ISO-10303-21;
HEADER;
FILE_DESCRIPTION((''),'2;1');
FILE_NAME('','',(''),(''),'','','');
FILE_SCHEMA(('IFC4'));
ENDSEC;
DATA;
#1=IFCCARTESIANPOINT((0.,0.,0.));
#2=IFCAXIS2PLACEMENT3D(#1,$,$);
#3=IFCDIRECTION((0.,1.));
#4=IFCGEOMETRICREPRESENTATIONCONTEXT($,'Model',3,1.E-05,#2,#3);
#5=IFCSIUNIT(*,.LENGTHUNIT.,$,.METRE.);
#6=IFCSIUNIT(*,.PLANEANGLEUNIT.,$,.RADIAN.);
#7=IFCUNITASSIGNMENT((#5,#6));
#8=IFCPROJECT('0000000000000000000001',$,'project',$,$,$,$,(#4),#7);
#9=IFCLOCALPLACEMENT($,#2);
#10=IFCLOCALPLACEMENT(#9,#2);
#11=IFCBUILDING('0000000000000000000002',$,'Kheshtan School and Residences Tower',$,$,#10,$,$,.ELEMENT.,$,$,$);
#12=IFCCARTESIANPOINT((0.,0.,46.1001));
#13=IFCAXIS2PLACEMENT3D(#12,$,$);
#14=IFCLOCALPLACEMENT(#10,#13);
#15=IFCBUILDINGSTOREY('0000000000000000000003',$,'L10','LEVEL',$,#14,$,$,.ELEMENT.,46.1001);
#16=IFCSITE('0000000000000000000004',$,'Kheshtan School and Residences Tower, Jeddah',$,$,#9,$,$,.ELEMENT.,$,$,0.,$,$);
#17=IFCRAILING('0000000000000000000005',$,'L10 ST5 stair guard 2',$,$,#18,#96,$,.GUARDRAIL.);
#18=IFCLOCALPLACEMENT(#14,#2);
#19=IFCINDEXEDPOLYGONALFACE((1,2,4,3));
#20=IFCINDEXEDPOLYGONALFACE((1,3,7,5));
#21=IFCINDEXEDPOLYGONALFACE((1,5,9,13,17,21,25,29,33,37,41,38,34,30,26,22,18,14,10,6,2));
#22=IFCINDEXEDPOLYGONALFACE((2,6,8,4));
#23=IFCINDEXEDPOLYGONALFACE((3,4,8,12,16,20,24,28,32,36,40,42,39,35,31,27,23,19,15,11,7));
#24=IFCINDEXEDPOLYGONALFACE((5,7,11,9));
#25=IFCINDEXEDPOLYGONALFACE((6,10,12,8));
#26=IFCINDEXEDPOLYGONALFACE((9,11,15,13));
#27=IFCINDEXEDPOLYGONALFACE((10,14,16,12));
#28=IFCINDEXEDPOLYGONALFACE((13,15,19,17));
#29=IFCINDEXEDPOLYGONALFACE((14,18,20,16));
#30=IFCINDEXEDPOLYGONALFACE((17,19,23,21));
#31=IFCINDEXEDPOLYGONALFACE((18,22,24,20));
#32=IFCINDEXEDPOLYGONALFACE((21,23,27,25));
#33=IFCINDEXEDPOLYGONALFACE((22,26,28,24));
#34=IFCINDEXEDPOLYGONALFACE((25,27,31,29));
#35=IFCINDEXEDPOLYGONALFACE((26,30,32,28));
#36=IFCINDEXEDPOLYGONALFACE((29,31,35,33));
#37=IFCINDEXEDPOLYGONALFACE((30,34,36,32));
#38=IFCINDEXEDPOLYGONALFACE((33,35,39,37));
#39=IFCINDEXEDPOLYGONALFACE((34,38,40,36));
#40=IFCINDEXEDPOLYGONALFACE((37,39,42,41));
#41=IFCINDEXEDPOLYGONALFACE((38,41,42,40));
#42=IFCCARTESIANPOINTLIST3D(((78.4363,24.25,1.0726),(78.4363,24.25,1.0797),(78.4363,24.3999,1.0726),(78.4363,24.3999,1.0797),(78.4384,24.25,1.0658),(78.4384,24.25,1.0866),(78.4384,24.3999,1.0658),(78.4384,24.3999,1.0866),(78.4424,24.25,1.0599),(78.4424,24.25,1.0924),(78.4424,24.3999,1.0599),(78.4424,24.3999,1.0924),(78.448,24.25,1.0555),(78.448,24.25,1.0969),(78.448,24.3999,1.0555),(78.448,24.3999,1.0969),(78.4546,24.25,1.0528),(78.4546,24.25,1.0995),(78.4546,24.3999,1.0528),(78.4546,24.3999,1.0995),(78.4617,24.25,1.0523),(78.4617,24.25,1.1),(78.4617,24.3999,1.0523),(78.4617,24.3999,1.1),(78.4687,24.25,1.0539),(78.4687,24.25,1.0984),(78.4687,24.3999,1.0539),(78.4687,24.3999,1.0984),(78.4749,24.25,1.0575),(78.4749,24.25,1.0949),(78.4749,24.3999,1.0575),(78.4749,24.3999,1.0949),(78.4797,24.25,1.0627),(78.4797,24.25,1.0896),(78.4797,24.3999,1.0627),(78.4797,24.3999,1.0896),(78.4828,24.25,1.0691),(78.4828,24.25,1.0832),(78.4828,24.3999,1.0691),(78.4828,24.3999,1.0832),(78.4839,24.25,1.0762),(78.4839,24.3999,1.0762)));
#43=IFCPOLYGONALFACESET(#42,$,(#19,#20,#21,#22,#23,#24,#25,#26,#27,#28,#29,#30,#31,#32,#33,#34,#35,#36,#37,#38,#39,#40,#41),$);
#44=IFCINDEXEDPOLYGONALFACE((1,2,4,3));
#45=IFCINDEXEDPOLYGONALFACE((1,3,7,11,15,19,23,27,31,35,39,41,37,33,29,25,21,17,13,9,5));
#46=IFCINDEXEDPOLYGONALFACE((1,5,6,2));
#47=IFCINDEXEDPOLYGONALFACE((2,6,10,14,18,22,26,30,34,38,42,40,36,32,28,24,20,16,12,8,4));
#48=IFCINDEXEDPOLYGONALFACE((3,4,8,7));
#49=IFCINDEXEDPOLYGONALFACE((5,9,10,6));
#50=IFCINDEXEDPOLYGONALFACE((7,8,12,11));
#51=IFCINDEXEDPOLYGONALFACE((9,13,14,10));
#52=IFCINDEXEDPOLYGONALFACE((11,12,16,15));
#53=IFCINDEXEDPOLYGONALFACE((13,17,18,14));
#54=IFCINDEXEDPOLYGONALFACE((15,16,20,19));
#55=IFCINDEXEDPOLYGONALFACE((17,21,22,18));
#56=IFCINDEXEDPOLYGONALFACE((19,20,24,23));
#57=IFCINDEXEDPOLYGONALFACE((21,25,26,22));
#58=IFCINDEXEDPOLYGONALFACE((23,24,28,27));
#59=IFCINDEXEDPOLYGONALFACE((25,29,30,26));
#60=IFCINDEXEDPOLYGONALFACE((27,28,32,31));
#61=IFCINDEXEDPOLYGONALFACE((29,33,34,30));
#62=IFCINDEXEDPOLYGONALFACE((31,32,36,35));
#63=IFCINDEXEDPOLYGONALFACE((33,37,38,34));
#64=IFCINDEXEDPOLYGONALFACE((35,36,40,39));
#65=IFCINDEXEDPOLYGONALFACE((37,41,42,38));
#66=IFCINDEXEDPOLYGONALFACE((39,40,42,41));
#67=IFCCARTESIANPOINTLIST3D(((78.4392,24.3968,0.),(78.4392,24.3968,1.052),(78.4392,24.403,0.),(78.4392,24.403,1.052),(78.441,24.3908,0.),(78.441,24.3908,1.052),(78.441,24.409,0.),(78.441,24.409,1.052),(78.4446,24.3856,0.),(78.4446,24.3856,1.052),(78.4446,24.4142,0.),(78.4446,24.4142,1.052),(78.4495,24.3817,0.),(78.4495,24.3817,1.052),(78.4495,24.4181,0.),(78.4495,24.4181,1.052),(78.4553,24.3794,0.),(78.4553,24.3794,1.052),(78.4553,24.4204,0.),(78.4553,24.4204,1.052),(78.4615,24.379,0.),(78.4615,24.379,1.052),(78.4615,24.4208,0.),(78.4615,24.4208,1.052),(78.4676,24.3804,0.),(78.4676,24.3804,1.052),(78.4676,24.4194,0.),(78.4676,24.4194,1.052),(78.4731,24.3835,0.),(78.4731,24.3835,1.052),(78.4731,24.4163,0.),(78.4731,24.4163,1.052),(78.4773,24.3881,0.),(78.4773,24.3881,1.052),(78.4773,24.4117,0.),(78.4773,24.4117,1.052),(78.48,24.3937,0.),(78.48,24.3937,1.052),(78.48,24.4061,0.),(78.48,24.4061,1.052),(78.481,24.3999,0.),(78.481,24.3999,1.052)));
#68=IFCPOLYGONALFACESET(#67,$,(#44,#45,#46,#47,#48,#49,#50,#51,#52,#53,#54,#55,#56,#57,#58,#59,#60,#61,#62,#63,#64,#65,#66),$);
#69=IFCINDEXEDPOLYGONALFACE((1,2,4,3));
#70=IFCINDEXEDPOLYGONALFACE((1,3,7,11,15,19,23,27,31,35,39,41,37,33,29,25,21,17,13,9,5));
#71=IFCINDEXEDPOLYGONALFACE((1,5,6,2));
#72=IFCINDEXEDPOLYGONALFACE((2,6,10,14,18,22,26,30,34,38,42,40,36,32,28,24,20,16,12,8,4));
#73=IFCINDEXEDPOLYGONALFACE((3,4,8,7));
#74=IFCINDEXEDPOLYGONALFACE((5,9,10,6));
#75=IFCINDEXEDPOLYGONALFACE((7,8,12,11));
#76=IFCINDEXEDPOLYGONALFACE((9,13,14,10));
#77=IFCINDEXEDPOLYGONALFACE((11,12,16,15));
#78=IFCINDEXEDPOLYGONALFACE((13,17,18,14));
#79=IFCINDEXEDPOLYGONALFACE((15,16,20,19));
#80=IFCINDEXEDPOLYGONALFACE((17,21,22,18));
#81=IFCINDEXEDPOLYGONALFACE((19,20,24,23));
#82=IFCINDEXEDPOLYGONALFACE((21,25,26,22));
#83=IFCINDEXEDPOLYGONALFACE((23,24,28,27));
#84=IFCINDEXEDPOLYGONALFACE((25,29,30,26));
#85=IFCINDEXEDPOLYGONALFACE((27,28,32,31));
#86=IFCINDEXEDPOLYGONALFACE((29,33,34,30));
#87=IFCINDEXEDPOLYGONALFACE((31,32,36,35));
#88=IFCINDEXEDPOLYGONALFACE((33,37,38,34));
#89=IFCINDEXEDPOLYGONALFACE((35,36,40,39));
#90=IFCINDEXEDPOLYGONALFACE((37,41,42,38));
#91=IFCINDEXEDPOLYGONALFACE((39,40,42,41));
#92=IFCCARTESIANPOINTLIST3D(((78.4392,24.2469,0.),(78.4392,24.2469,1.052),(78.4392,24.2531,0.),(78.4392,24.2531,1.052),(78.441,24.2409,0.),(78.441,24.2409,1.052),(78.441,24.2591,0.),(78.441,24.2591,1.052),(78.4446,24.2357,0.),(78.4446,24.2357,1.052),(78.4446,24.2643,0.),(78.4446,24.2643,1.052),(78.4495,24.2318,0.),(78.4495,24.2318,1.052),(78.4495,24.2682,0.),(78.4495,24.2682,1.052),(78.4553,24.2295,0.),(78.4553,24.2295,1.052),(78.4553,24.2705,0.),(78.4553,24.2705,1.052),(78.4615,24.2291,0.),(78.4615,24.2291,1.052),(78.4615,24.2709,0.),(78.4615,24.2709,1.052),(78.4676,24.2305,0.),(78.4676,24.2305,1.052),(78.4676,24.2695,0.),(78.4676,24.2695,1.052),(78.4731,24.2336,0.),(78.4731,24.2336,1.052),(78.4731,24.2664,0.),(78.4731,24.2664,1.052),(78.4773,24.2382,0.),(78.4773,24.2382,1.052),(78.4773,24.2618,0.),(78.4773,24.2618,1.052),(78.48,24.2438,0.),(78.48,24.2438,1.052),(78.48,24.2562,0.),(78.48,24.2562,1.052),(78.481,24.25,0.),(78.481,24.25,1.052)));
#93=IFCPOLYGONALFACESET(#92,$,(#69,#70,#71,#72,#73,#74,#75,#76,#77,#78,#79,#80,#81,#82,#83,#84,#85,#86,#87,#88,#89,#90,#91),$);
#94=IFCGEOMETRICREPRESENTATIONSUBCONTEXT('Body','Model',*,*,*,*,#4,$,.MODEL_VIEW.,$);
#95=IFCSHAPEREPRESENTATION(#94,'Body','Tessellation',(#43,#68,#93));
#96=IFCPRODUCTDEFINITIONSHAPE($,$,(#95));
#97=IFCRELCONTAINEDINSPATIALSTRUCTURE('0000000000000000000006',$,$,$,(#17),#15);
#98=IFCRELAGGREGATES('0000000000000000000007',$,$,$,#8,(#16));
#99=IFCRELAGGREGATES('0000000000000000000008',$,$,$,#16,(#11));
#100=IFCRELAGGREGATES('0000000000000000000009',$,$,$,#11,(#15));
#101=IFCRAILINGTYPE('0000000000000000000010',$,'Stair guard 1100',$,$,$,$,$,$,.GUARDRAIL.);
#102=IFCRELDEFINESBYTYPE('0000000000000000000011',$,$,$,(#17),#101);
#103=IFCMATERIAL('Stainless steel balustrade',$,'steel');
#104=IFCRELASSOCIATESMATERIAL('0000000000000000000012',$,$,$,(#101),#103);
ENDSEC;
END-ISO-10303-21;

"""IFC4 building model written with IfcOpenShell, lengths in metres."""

from ifc_helpers import new_model, si_unit, direction, frame, origin, origin_2d, place, context, subcontext, project, spatial, circle, extrude, material, type_object, element, save


model = new_model("IFC4")

# Units and contexts
model_context = context("Model", 3, precision=1e-05, world=origin(), true_north=direction((0.0, 1.0)))
body_context = subcontext(model_context, "Body", "Model", "MODEL_VIEW")
ifc_project = project(units=[si_unit("LENGTHUNIT", "METRE"), si_unit("PLANEANGLEUNIT", "RADIAN")], contexts=[model_context])

# Site, building, storey
site_placement = place(None, origin())
site = spatial("IfcSite", under=ifc_project, at=site_placement, Name="Kheshtan School and Residences Tower, Jeddah", CompositionType="ELEMENT", RefElevation=0.0)
building_placement = place(site_placement, origin())
building = spatial("IfcBuilding", under=site, at=building_placement, Name="Kheshtan School and Residences Tower", CompositionType="ELEMENT")
storey_placement = place(building_placement, frame((0.0, 0.0, 46.1001)))
storey = spatial("IfcBuildingStorey", under=building, at=storey_placement, Name="L10", Description="LEVEL", CompositionType="ELEMENT", Elevation=46.1001)

# Railing
ifc_material_1 = material(Name="Stainless steel balustrade", Category="steel")
railing_type_1 = type_object("IfcRailingType", Name="Stair guard 1100", PredefinedType="GUARDRAIL", material=ifc_material_1)
railing_1_placement = place(storey_placement, frame((78.46, 24.3999, 0.0)))
element("IfcRailing", 1, at=railing_1_placement, inside=storey, type_object=railing_type_1, Name="L10 ST5 stair guard 2", PredefinedType="GUARDRAIL", context=body_context, shape_type="SweptSolid", body=[
    extrude(circle(Radius=0.0239, at=origin_2d()), frame((0.0, 0.0, 1.0762), z_axis=(0.0, -1.0, 0.0), x_axis=(1.0, 0.0, 0.0)), (0.0, 0.0, 1.0), 0.1499),
    extrude(circle(Radius=0.021, at=origin_2d()), origin(), (0.0, 0.0, 1.0), 1.052),
    extrude(circle(Radius=0.021, at=origin_2d()), frame((0.0, -0.1499, 0.0)), (0.0, 0.0, 1.0), 1.052),
])

save(model, "model.ifc")
